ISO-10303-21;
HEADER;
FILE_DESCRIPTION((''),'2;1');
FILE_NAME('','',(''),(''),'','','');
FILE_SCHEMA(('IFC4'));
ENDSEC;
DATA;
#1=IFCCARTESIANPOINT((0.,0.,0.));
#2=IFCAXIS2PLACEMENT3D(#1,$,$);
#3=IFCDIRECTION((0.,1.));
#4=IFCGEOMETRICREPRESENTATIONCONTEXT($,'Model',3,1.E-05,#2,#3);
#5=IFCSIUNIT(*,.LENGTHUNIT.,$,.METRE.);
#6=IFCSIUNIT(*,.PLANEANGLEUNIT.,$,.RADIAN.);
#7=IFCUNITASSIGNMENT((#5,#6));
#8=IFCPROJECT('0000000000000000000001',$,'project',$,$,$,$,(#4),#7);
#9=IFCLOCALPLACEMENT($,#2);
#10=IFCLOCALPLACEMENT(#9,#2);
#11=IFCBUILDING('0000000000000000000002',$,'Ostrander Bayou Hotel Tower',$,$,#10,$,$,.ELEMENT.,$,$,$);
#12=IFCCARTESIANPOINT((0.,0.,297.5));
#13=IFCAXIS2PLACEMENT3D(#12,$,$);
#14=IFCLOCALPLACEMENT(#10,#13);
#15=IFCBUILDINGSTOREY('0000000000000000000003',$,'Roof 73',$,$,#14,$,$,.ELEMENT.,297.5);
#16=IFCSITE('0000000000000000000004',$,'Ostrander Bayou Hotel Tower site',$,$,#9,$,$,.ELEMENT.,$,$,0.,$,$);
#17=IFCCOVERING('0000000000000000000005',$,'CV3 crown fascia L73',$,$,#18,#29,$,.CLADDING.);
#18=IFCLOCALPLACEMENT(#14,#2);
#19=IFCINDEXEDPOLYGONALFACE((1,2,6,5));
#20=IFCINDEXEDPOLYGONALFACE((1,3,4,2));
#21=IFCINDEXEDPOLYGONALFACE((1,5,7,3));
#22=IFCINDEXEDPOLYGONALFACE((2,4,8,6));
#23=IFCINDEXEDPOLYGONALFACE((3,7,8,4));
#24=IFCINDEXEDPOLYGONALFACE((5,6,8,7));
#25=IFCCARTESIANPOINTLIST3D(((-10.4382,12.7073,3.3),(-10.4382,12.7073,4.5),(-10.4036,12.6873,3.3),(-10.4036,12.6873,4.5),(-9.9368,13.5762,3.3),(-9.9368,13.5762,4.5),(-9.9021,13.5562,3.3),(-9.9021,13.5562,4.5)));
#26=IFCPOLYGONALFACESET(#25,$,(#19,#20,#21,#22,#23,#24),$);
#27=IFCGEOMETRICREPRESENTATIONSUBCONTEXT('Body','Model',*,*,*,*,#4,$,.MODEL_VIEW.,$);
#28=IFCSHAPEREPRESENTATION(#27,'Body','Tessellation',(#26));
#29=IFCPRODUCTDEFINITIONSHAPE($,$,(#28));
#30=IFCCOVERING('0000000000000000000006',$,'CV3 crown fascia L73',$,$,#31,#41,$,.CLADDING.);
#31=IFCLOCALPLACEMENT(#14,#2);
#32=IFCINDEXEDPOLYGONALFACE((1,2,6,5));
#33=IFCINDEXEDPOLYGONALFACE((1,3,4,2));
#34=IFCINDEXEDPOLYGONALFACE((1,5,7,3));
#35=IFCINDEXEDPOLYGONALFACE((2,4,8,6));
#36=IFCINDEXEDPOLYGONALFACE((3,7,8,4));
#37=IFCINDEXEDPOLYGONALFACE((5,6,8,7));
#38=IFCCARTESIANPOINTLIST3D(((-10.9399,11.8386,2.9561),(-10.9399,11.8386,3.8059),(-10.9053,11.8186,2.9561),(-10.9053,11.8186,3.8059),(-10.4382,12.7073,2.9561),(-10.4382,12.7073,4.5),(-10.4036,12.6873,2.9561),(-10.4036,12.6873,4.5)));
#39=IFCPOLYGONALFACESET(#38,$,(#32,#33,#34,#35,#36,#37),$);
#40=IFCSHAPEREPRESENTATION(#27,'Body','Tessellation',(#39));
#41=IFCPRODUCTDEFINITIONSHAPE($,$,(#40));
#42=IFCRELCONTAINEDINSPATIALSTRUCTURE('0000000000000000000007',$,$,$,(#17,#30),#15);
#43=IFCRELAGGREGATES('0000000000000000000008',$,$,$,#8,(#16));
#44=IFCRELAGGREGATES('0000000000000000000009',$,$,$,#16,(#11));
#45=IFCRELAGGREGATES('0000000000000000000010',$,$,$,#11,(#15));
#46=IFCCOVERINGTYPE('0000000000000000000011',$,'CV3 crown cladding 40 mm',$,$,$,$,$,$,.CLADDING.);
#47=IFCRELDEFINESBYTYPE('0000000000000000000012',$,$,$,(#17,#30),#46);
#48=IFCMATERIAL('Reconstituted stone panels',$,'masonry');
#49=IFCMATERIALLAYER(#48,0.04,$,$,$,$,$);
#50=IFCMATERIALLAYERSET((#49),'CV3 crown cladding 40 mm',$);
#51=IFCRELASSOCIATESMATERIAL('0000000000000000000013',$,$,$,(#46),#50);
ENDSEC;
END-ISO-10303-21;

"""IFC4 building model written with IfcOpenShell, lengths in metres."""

from ifc_helpers import new_model, si_unit, direction, frame, origin, place, context, subcontext, project, spatial, polyline, outline, extrude, material, layer, layer_set, type_object, element, save


model = new_model("IFC4")

# Units and contexts
model_context = context("Model", 3, precision=1e-05, world=origin(), true_north=direction((0.0, 1.0)))
body_context = subcontext(model_context, "Body", "Model", "MODEL_VIEW")
ifc_project = project(units=[si_unit("LENGTHUNIT", "METRE"), si_unit("PLANEANGLEUNIT", "RADIAN")], contexts=[model_context])

# Site, building, storey
site_placement = place(None, origin())
site = spatial("IfcSite", under=ifc_project, at=site_placement, Name="Ostrander Bayou Hotel Tower site", CompositionType="ELEMENT", RefElevation=0.0)
building_placement = place(site_placement, origin())
building = spatial("IfcBuilding", under=site, at=building_placement, Name="Ostrander Bayou Hotel Tower", CompositionType="ELEMENT")
storey_placement = place(building_placement, frame((0.0, 0.0, 297.5)))
storey = spatial("IfcBuildingStorey", under=building, at=storey_placement, Name="Roof 73", CompositionType="ELEMENT", Elevation=297.5)

# Coverings
ifc_material_1 = material(Name="Reconstituted stone panels", Category="masonry")
ifc_layer_1 = layer(ifc_material_1, 0.04)
ifc_layer_set_1 = layer_set([ifc_layer_1], Name="CV3 crown cladding 40 mm")
covering_type = type_object("IfcCoveringType", Name="CV3 crown cladding 40 mm", PredefinedType="CLADDING", material=ifc_layer_set_1)
covering_1_placement = place(storey_placement, frame((-9.9368, 13.5762, 3.3), z_axis=(-0.866109, 0.499856, 0.0), x_axis=(-0.499856, -0.866109, 0.0)))
element("IfcCovering", 1, at=covering_1_placement, inside=storey, type_object=covering_type, Name="CV3 crown fascia L73", PredefinedType="CLADDING", context=body_context, shape_type="SweptSolid", body=[
    extrude(outline(polyline([(0.0, 0.0), (1.0032, 0.0), (1.0032, 1.2), (0.0, 1.2), (0.0, 0.0)])), origin(), (0.0, 0.0, -1.0), 0.04),
])
covering_2_placement = place(storey_placement, frame((-10.4382, 12.7073, 2.9561), z_axis=(-0.865942, 0.500144, 0.0), x_axis=(-0.500144, -0.865942, 0.0)))
element("IfcCovering", 2, at=covering_2_placement, inside=storey, type_object=covering_type, Name="CV3 crown fascia L73", PredefinedType="CLADDING", context=body_context, shape_type="SweptSolid", body=[
    extrude(outline(polyline([(0.0, 0.0), (1.0031, 0.0), (1.0031, 0.8499), (0.0, 1.5439), (0.0, 0.0)])), origin(), (0.0, 0.0, -1.0), 0.04),
])

save(model, "model.ifc")
